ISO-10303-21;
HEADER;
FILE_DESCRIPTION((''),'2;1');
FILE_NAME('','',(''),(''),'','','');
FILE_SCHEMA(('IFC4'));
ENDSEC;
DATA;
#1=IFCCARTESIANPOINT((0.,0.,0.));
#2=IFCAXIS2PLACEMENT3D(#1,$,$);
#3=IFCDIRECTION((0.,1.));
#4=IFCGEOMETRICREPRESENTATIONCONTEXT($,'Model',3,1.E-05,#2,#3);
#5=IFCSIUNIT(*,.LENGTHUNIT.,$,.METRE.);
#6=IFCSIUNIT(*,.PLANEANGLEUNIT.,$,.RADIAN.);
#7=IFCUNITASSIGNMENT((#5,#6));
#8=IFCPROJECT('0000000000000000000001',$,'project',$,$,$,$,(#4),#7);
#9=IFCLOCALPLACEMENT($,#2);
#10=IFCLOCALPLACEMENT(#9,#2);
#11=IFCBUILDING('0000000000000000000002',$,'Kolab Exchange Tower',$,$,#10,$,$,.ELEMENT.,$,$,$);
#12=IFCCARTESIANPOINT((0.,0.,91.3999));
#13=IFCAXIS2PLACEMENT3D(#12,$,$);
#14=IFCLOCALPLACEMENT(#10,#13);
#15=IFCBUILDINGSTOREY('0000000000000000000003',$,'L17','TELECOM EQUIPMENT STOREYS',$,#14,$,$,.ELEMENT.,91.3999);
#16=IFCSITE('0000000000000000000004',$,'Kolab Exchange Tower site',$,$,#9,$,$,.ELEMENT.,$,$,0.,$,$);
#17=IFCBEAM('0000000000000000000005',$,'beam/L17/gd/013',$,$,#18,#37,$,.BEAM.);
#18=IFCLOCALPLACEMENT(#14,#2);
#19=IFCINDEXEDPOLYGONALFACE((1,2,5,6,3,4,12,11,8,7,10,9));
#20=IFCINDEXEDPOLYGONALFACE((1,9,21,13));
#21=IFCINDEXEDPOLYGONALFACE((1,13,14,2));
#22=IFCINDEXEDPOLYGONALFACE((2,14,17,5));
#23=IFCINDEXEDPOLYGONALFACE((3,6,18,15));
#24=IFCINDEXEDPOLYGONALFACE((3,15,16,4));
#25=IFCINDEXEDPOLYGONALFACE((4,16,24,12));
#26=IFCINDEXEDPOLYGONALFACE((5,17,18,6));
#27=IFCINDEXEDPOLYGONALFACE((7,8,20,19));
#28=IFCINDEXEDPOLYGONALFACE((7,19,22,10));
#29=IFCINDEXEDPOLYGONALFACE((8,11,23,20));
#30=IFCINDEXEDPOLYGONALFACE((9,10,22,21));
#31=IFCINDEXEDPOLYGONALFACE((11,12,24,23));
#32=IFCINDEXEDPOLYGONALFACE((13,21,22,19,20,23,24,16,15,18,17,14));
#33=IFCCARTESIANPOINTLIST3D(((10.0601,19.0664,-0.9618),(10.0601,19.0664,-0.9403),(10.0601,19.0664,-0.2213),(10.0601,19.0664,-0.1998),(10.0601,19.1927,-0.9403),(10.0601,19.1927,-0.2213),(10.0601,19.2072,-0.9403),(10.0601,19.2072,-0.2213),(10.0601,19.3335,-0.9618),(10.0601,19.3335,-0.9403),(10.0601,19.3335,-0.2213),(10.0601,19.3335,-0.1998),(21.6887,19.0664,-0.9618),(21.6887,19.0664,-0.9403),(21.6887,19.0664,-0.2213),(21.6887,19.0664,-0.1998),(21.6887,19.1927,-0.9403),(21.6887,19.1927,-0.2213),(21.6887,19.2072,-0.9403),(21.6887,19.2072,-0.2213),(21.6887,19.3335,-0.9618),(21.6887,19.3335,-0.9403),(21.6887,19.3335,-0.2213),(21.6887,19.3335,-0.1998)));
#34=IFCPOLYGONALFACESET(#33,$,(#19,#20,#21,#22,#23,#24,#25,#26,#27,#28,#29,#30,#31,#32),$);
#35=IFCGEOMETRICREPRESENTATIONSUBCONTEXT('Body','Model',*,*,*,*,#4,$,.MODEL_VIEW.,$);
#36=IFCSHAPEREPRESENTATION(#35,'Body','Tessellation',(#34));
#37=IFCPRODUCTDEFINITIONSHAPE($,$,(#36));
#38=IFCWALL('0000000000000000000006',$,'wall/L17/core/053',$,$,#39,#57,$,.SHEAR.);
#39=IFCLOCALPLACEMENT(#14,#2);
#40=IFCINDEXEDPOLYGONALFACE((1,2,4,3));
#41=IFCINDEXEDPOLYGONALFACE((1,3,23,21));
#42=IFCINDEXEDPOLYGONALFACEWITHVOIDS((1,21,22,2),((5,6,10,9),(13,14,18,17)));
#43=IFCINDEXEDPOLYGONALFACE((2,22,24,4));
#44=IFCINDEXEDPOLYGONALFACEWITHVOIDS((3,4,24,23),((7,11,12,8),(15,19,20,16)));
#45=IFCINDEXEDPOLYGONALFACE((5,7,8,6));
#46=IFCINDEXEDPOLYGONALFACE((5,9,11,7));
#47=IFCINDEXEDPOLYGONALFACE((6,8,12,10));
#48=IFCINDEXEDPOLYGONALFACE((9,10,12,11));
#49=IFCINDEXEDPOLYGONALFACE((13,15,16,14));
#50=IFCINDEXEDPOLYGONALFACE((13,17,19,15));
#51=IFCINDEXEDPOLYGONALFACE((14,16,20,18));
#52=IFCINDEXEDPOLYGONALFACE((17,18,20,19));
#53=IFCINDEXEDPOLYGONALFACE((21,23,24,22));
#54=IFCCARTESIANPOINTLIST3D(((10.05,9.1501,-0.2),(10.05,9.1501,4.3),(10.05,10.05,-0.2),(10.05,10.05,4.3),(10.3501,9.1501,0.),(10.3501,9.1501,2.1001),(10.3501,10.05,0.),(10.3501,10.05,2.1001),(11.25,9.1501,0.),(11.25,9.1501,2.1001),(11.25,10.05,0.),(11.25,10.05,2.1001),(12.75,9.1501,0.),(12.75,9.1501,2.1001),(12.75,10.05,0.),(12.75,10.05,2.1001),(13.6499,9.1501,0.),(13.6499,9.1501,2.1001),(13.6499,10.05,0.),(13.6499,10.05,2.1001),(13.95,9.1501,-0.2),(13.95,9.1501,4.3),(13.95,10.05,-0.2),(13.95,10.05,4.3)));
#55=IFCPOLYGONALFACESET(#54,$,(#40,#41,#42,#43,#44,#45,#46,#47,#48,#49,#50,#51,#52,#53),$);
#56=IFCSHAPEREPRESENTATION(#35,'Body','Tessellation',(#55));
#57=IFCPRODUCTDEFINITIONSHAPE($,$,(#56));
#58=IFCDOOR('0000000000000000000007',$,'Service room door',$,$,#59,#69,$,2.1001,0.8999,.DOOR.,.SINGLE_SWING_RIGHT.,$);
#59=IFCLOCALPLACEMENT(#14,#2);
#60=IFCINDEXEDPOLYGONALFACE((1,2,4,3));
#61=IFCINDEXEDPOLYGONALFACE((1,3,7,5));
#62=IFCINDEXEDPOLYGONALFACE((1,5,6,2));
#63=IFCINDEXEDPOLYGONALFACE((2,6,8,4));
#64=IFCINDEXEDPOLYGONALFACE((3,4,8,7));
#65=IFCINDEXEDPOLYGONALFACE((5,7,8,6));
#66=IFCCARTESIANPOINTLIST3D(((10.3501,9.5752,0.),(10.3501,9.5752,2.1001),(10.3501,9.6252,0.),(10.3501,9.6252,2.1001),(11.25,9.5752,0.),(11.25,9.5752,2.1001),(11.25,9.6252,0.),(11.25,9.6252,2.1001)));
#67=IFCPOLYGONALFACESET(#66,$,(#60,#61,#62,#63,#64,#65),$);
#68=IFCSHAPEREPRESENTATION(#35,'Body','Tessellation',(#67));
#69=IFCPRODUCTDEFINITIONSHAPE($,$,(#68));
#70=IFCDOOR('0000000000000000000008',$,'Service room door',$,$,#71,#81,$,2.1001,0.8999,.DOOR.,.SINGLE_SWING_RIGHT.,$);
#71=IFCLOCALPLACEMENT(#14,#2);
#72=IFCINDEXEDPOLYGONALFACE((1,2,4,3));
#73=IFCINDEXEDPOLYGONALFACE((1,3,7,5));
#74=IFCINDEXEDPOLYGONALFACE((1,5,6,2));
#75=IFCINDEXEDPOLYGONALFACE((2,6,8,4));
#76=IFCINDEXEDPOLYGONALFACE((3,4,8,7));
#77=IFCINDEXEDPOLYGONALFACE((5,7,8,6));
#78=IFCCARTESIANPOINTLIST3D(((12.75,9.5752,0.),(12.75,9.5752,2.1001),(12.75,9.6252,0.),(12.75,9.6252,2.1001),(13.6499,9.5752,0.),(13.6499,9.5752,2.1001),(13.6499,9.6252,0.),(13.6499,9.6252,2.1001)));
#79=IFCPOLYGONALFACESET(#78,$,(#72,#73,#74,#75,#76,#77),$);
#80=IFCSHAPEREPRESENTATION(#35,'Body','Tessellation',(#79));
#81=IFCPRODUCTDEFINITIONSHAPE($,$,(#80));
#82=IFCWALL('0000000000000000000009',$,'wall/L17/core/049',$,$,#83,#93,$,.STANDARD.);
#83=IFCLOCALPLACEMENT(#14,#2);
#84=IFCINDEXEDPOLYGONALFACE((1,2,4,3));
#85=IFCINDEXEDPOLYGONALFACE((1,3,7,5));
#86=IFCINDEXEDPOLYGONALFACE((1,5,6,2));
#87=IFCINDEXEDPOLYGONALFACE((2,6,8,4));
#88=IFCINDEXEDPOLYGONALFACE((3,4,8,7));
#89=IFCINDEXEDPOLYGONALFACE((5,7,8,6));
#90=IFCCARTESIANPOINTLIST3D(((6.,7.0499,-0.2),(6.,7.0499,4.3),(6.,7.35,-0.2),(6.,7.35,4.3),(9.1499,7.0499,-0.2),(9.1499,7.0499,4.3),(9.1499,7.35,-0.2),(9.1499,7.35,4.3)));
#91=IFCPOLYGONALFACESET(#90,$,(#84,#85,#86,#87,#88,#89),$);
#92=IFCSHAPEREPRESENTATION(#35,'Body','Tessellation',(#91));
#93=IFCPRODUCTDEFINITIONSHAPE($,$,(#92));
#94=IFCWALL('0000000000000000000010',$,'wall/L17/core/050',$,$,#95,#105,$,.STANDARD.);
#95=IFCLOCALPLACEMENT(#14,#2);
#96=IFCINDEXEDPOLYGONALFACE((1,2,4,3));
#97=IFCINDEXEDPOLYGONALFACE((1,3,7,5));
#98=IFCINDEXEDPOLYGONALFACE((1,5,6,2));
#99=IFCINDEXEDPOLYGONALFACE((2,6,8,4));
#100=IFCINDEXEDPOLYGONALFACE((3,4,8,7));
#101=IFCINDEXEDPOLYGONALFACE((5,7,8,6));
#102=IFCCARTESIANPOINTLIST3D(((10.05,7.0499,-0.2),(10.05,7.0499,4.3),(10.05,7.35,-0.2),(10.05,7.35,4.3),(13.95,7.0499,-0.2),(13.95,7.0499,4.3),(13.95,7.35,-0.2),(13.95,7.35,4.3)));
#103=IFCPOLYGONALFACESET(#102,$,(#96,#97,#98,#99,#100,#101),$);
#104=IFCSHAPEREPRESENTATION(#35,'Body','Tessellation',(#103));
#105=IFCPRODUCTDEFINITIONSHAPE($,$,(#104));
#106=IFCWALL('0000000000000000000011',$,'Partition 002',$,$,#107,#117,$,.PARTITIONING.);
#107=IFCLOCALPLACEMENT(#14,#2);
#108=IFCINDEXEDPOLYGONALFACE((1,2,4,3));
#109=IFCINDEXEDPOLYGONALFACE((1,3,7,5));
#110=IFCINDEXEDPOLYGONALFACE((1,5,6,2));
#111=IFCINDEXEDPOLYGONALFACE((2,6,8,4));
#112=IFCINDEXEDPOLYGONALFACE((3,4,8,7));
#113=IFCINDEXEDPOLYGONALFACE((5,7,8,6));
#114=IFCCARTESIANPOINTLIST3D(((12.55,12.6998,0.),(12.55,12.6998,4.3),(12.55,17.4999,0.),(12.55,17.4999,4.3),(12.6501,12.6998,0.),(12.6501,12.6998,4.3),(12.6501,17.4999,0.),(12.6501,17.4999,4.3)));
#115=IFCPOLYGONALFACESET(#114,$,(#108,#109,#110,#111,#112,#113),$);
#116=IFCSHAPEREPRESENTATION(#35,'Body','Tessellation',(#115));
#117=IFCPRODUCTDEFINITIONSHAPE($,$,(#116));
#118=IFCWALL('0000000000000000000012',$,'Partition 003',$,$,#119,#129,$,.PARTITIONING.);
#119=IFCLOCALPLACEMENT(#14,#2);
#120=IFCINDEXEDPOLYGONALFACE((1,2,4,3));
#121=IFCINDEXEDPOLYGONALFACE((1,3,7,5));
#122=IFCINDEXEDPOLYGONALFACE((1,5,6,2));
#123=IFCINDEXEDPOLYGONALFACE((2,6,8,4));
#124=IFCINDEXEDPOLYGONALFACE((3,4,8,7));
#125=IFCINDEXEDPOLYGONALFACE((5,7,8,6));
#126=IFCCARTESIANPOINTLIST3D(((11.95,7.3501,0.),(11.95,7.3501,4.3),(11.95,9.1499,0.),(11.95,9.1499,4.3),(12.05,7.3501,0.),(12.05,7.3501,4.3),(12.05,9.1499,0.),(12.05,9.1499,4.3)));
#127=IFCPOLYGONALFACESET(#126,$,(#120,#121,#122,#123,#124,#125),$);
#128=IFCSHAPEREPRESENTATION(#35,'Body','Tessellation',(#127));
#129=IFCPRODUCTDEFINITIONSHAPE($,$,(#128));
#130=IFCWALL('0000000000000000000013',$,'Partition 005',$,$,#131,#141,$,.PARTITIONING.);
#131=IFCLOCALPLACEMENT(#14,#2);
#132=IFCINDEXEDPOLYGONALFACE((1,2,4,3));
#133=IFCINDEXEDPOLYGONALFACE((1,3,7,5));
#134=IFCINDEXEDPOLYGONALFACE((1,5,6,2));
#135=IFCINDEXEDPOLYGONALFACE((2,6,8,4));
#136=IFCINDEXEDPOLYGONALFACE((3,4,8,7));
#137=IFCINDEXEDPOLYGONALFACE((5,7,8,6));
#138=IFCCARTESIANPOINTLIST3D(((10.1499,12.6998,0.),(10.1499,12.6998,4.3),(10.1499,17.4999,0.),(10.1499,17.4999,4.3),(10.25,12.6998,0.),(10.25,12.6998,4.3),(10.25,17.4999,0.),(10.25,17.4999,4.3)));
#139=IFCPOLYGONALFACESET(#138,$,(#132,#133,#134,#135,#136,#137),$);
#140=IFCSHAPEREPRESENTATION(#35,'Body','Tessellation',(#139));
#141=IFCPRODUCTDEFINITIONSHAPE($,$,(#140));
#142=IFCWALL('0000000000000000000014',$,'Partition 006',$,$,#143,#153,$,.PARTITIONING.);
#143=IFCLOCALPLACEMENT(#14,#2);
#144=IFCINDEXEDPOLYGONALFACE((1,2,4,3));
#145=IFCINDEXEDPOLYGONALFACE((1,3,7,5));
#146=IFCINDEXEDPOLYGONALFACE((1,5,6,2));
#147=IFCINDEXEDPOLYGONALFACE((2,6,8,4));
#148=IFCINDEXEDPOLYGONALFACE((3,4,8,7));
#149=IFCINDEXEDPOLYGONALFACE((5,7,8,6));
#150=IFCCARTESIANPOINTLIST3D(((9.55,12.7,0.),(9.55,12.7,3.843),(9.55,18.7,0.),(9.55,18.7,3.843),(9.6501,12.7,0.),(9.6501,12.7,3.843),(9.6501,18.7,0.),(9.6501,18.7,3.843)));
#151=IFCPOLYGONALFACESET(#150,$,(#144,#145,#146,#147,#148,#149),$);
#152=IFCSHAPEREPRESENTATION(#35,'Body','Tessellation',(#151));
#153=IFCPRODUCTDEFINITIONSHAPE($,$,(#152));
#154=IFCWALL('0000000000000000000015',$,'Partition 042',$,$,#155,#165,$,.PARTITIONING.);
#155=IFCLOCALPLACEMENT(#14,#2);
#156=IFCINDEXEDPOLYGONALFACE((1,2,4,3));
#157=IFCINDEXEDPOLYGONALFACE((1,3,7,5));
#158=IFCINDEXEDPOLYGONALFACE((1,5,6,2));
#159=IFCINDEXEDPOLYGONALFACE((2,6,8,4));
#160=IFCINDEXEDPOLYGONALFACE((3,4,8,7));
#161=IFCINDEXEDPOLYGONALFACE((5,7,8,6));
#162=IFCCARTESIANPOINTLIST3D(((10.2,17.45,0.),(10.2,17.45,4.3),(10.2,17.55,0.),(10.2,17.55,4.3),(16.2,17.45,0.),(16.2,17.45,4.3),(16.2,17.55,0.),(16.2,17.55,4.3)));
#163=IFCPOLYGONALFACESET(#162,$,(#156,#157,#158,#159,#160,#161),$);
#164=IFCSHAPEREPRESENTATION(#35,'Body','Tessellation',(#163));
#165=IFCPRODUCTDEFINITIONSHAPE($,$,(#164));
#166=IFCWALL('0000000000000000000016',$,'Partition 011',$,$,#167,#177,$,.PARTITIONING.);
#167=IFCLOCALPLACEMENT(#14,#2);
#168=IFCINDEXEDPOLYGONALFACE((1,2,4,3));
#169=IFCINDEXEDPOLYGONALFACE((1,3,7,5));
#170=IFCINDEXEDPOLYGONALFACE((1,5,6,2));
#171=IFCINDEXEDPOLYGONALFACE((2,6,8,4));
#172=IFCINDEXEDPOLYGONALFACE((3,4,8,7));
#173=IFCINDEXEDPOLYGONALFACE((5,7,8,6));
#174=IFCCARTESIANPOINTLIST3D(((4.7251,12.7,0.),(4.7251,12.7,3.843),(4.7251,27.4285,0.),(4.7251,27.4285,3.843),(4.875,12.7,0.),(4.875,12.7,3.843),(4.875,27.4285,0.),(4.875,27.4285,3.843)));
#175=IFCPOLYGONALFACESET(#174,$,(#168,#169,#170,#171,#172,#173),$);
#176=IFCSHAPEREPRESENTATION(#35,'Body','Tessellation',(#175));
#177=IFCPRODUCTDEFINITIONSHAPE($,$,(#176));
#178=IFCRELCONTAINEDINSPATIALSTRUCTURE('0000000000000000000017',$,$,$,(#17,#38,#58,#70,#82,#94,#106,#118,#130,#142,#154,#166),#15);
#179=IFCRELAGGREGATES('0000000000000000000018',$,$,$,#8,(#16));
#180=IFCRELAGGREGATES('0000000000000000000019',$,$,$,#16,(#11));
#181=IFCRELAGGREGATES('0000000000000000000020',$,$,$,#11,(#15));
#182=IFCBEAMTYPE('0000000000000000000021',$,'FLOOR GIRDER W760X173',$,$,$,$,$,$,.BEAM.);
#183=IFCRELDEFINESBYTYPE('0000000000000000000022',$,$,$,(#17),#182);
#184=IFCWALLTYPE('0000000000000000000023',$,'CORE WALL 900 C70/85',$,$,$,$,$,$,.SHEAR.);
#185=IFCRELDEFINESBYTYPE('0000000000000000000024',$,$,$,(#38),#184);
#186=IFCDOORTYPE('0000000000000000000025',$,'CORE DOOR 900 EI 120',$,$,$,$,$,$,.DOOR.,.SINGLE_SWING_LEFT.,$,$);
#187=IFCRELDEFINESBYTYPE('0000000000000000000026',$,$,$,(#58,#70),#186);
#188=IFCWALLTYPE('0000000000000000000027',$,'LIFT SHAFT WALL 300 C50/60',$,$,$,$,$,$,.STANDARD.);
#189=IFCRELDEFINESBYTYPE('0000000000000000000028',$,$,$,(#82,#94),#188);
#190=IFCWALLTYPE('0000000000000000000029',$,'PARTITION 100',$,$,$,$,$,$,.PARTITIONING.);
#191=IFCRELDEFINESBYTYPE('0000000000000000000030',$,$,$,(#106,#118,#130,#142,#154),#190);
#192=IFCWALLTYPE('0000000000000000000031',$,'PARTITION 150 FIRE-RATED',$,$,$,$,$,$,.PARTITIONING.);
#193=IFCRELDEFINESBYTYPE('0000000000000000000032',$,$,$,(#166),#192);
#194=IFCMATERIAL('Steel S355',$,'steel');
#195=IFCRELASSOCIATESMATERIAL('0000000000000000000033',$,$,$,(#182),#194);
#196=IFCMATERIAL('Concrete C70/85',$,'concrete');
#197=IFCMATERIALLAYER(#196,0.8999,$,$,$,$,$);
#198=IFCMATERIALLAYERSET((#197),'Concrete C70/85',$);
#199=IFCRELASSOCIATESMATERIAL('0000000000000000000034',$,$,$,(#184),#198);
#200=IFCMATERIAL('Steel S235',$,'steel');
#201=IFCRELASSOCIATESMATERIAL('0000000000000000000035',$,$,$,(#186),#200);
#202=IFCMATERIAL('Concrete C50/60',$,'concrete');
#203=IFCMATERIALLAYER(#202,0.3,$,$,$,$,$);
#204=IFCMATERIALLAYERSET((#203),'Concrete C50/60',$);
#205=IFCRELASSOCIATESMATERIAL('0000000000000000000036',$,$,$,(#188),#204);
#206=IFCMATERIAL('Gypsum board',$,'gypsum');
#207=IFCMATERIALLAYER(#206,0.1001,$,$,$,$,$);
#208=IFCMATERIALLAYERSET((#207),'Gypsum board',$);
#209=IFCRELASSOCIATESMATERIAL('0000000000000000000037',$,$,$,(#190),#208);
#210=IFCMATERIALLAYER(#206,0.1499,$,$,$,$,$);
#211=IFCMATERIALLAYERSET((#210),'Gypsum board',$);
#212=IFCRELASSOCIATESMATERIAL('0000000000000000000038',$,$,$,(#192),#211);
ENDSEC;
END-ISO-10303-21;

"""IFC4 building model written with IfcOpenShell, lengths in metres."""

from ifc_helpers import new_model, si_unit, direction, frame, frame_2d, origin, origin_2d, place, context, subcontext, project, spatial, rectangle, i_section, extrude, material, layer, layer_set, material_profile, profile_set, type_object, element, fill, save


model = new_model("IFC4")

# Units and contexts
model_context = context("Model", 3, precision=1e-05, world=origin(), true_north=direction((0.0, 1.0)))
body_context = subcontext(model_context, "Body", "Model", "MODEL_VIEW")
ifc_project = project(units=[si_unit("LENGTHUNIT", "METRE"), si_unit("PLANEANGLEUNIT", "RADIAN")], contexts=[model_context])

# Site, building, storey
site_placement = place(None, origin())
site = spatial("IfcSite", under=ifc_project, at=site_placement, Name="Kolab Exchange Tower site", CompositionType="ELEMENT", RefElevation=0.0)
building_placement = place(site_placement, origin())
building = spatial("IfcBuilding", under=site, at=building_placement, Name="Kolab Exchange Tower", CompositionType="ELEMENT")
storey_placement = place(building_placement, frame((0.0, 0.0, 91.3999)))
storey = spatial("IfcBuildingStorey", under=building, at=storey_placement, Name="L17", Description="TELECOM EQUIPMENT STOREYS", CompositionType="ELEMENT", Elevation=91.3999)

# Shared definitions
ifc_material_1 = material(Name="Concrete C70/85", Category="concrete")

# Beam
ifc_material_2 = material(Name="Steel S355", Category="steel")
ifc_material_profile_1 = material_profile(ifc_material_2, i_section(OverallWidth=0.2671, OverallDepth=0.762, WebThickness=0.0144, FlangeThickness=0.0215, at=origin_2d()), Name="W760X173")
ifc_profile_set_1 = profile_set([ifc_material_profile_1], Name="Steel S355")
beam_type_1 = type_object("IfcBeamType", Name="FLOOR GIRDER W760X173", PredefinedType="BEAM", material=ifc_profile_set_1)
beam_1_placement = place(storey_placement, frame((10.0601, 19.2, -0.5808), z_axis=(1.0, 0.0, 0.0), x_axis=(0.0, 1.0, 0.0)))
element("IfcBeam", 1, at=beam_1_placement, inside=storey, type_object=beam_type_1, Name="beam/L17/gd/013", PredefinedType="BEAM", context=body_context, shape_type="SweptSolid", body=[
    extrude(i_section(OverallWidth=0.2671, OverallDepth=0.762, WebThickness=0.0144, FlangeThickness=0.0215, at=origin_2d()), origin(), (0.0, 0.0, 1.0), 11.6287),
])

# Wall, openings, doors
ifc_layer_1 = layer(ifc_material_1, 0.8999)
ifc_layer_set_1 = layer_set([ifc_layer_1], Name="Concrete C70/85")
wall_type_1 = type_object("IfcWallType", Name="CORE WALL 900 C70/85", PredefinedType="SHEAR", material=ifc_layer_set_1)
wall_1_placement = place(storey_placement, frame((10.05, 9.6001, -0.2), z_axis=(0.0, 0.0, 1.0), x_axis=(1.0, 0.0, 0.0)))
wall_1 = element("IfcWall", 2, at=wall_1_placement, inside=storey, type_object=wall_type_1, Name="wall/L17/core/053", PredefinedType="SHEAR", context=body_context, shape_type="SweptSolid", body=[
    extrude(rectangle(XDim=3.8999, YDim=0.8999, at=frame_2d((1.95, 0.0))), origin(), (0.0, 0.0, 1.0), 4.5),
])
opening_1_placement = place(wall_1_placement, frame((0.3, 0.0, 0.2)))
opening_1 = element("IfcOpeningElement", 3, at=opening_1_placement, cuts=wall_1, PredefinedType="OPENING", context=body_context, shape_type="SweptSolid", body=[
    extrude(rectangle(XDim=0.8999, YDim=2.1001, at=frame_2d((0.45, 1.05))), frame((0.0, 0.46, 0.0), z_axis=(0.0, -1.0, 0.0), x_axis=(1.0, 0.0, 0.0)), (0.0, 0.0, 1.0), 0.9199),
])
opening_2_placement = place(wall_1_placement, frame((2.7, 0.0, 0.2)))
opening_2 = element("IfcOpeningElement", 4, at=opening_2_placement, cuts=wall_1, PredefinedType="OPENING", context=body_context, shape_type="SweptSolid", body=[
    extrude(rectangle(XDim=0.8999, YDim=2.1001, at=frame_2d((0.45, 1.05))), frame((0.0, 0.46, 0.0), z_axis=(0.0, -1.0, 0.0), x_axis=(1.0, 0.0, 0.0)), (0.0, 0.0, 1.0), 0.9199),
])
ifc_material_3 = material(Name="Steel S235", Category="steel")
door_type = type_object("IfcDoorType", Name="CORE DOOR 900 EI 120", OperationType="SINGLE_SWING_LEFT", PredefinedType="DOOR", material=ifc_material_3)
door_1_placement = place(opening_1_placement, frame((0.8999, 0.0, 0.0), z_axis=(0.0, 0.0, 1.0), x_axis=(-1.0, 0.0, 0.0)))
door_1 = element("IfcDoor", 5, at=door_1_placement, inside=storey, type_object=door_type, Name="Service room door", OperationType="SINGLE_SWING_RIGHT", OverallHeight=2.1001, OverallWidth=0.8999, PredefinedType="DOOR", context=body_context, shape_type="SweptSolid", body=[
    extrude(rectangle(XDim=0.8999, YDim=2.1001, at=frame_2d((0.45, 1.05))), frame((0.0, 0.0249, 0.0), z_axis=(0.0, -1.0, 0.0), x_axis=(1.0, 0.0, 0.0)), (0.0, 0.0, 1.0), 0.05),
])
fill(opening_1, door_1)
door_2_placement = place(opening_2_placement, frame((0.8999, 0.0, 0.0), z_axis=(0.0, 0.0, 1.0), x_axis=(-1.0, 0.0, 0.0)))
door_2 = element("IfcDoor", 6, at=door_2_placement, inside=storey, type_object=door_type, Name="Service room door", OperationType="SINGLE_SWING_RIGHT", OverallHeight=2.1001, OverallWidth=0.8999, PredefinedType="DOOR", context=body_context, shape_type="SweptSolid", body=[
    extrude(rectangle(XDim=0.8999, YDim=2.1001, at=frame_2d((0.45, 1.05))), frame((0.0, 0.0249, 0.0), z_axis=(0.0, -1.0, 0.0), x_axis=(1.0, 0.0, 0.0)), (0.0, 0.0, 1.0), 0.05),
])
fill(opening_2, door_2)

# Walls
ifc_material_4 = material(Name="Concrete C50/60", Category="concrete")
ifc_layer_2 = layer(ifc_material_4, 0.3)
ifc_layer_set_2 = layer_set([ifc_layer_2], Name="Concrete C50/60")
wall_type_2 = type_object("IfcWallType", Name="LIFT SHAFT WALL 300 C50/60", PredefinedType="STANDARD", material=ifc_layer_set_2)
wall_2_placement = place(storey_placement, frame((6.0, 7.2, -0.2), z_axis=(0.0, 0.0, 1.0), x_axis=(1.0, 0.0, 0.0)))
element("IfcWall", 7, at=wall_2_placement, inside=storey, type_object=wall_type_2, Name="wall/L17/core/049", PredefinedType="STANDARD", context=body_context, shape_type="SweptSolid", body=[
    extrude(rectangle(XDim=3.1499, YDim=0.3, at=frame_2d((1.575, 0.0))), origin(), (0.0, 0.0, 1.0), 4.5),
])
wall_3_placement = place(storey_placement, frame((10.05, 7.2, -0.2), z_axis=(0.0, 0.0, 1.0), x_axis=(1.0, 0.0, 0.0)))
element("IfcWall", 8, at=wall_3_placement, inside=storey, type_object=wall_type_2, Name="wall/L17/core/050", PredefinedType="STANDARD", context=body_context, shape_type="SweptSolid", body=[
    extrude(rectangle(XDim=3.8999, YDim=0.3, at=frame_2d((1.95, 0.0))), origin(), (0.0, 0.0, 1.0), 4.5),
])
ifc_material_5 = material(Name="Gypsum board", Category="gypsum")
ifc_layer_3 = layer(ifc_material_5, 0.1001)
ifc_layer_set_3 = layer_set([ifc_layer_3], Name="Gypsum board")
wall_type_3 = type_object("IfcWallType", Name="PARTITION 100", PredefinedType="PARTITIONING", material=ifc_layer_set_3)
wall_4_placement = place(storey_placement, frame((12.6001, 12.7, 0.0), z_axis=(0.0, 0.0, 1.0), x_axis=(0.0, 1.0, 0.0)))
element("IfcWall", 9, at=wall_4_placement, inside=storey, type_object=wall_type_3, Name="Partition 002", PredefinedType="PARTITIONING", context=body_context, shape_type="SweptSolid", body=[
    extrude(rectangle(XDim=4.8, YDim=0.1001, at=frame_2d((2.3999, 0.0))), origin(), (0.0, 0.0, 1.0), 4.3),
])
wall_5_placement = place(storey_placement, frame((12.0, 7.3501, 0.0), z_axis=(0.0, 0.0, 1.0), x_axis=(0.0, 1.0, 0.0)))
element("IfcWall", 10, at=wall_5_placement, inside=storey, type_object=wall_type_3, Name="Partition 003", PredefinedType="PARTITIONING", context=body_context, shape_type="SweptSolid", body=[
    extrude(rectangle(XDim=1.7998, YDim=0.1001, at=frame_2d((0.8999, 0.0))), origin(), (0.0, 0.0, 1.0), 4.3),
])
wall_6_placement = place(storey_placement, frame((10.2, 12.7, 0.0), z_axis=(0.0, 0.0, 1.0), x_axis=(0.0, 1.0, 0.0)))
element("IfcWall", 11, at=wall_6_placement, inside=storey, type_object=wall_type_3, Name="Partition 005", PredefinedType="PARTITIONING", context=body_context, shape_type="SweptSolid", body=[
    extrude(rectangle(XDim=4.8, YDim=0.1001, at=frame_2d((2.3999, 0.0))), origin(), (0.0, 0.0, 1.0), 4.3),
])
wall_7_placement = place(storey_placement, frame((9.6001, 12.7, 0.0), z_axis=(0.0, 0.0, 1.0), x_axis=(0.0, 1.0, 0.0)))
element("IfcWall", 12, at=wall_7_placement, inside=storey, type_object=wall_type_3, Name="Partition 006", PredefinedType="PARTITIONING", context=body_context, shape_type="SweptSolid", body=[
    extrude(rectangle(XDim=6.0, YDim=0.1001, at=frame_2d((3.0, 0.0))), origin(), (0.0, 0.0, 1.0), 3.843),
])
wall_8_placement = place(storey_placement, frame((10.2, 17.5, 0.0), z_axis=(0.0, 0.0, 1.0), x_axis=(1.0, 0.0, 0.0)))
element("IfcWall", 13, at=wall_8_placement, inside=storey, type_object=wall_type_3, Name="Partition 042", PredefinedType="PARTITIONING", context=body_context, shape_type="SweptSolid", body=[
    extrude(rectangle(XDim=6.0, YDim=0.1001, at=frame_2d((3.0, 0.0))), origin(), (0.0, 0.0, 1.0), 4.3),
])
ifc_layer_4 = layer(ifc_material_5, 0.1499)
ifc_layer_set_4 = layer_set([ifc_layer_4], Name="Gypsum board")
wall_type_4 = type_object("IfcWallType", Name="PARTITION 150 FIRE-RATED", PredefinedType="PARTITIONING", material=ifc_layer_set_4)
wall_9_placement = place(storey_placement, frame((4.8, 12.7, 0.0), z_axis=(0.0, 0.0, 1.0), x_axis=(0.0, 1.0, 0.0)))
element("IfcWall", 14, at=wall_9_placement, inside=storey, type_object=wall_type_4, Name="Partition 011", PredefinedType="PARTITIONING", context=body_context, shape_type="SweptSolid", body=[
    extrude(rectangle(XDim=14.7285, YDim=0.1499, at=frame_2d((7.3643, 0.0))), origin(), (0.0, 0.0, 1.0), 3.843),
])

save(model, "model.ifc")
